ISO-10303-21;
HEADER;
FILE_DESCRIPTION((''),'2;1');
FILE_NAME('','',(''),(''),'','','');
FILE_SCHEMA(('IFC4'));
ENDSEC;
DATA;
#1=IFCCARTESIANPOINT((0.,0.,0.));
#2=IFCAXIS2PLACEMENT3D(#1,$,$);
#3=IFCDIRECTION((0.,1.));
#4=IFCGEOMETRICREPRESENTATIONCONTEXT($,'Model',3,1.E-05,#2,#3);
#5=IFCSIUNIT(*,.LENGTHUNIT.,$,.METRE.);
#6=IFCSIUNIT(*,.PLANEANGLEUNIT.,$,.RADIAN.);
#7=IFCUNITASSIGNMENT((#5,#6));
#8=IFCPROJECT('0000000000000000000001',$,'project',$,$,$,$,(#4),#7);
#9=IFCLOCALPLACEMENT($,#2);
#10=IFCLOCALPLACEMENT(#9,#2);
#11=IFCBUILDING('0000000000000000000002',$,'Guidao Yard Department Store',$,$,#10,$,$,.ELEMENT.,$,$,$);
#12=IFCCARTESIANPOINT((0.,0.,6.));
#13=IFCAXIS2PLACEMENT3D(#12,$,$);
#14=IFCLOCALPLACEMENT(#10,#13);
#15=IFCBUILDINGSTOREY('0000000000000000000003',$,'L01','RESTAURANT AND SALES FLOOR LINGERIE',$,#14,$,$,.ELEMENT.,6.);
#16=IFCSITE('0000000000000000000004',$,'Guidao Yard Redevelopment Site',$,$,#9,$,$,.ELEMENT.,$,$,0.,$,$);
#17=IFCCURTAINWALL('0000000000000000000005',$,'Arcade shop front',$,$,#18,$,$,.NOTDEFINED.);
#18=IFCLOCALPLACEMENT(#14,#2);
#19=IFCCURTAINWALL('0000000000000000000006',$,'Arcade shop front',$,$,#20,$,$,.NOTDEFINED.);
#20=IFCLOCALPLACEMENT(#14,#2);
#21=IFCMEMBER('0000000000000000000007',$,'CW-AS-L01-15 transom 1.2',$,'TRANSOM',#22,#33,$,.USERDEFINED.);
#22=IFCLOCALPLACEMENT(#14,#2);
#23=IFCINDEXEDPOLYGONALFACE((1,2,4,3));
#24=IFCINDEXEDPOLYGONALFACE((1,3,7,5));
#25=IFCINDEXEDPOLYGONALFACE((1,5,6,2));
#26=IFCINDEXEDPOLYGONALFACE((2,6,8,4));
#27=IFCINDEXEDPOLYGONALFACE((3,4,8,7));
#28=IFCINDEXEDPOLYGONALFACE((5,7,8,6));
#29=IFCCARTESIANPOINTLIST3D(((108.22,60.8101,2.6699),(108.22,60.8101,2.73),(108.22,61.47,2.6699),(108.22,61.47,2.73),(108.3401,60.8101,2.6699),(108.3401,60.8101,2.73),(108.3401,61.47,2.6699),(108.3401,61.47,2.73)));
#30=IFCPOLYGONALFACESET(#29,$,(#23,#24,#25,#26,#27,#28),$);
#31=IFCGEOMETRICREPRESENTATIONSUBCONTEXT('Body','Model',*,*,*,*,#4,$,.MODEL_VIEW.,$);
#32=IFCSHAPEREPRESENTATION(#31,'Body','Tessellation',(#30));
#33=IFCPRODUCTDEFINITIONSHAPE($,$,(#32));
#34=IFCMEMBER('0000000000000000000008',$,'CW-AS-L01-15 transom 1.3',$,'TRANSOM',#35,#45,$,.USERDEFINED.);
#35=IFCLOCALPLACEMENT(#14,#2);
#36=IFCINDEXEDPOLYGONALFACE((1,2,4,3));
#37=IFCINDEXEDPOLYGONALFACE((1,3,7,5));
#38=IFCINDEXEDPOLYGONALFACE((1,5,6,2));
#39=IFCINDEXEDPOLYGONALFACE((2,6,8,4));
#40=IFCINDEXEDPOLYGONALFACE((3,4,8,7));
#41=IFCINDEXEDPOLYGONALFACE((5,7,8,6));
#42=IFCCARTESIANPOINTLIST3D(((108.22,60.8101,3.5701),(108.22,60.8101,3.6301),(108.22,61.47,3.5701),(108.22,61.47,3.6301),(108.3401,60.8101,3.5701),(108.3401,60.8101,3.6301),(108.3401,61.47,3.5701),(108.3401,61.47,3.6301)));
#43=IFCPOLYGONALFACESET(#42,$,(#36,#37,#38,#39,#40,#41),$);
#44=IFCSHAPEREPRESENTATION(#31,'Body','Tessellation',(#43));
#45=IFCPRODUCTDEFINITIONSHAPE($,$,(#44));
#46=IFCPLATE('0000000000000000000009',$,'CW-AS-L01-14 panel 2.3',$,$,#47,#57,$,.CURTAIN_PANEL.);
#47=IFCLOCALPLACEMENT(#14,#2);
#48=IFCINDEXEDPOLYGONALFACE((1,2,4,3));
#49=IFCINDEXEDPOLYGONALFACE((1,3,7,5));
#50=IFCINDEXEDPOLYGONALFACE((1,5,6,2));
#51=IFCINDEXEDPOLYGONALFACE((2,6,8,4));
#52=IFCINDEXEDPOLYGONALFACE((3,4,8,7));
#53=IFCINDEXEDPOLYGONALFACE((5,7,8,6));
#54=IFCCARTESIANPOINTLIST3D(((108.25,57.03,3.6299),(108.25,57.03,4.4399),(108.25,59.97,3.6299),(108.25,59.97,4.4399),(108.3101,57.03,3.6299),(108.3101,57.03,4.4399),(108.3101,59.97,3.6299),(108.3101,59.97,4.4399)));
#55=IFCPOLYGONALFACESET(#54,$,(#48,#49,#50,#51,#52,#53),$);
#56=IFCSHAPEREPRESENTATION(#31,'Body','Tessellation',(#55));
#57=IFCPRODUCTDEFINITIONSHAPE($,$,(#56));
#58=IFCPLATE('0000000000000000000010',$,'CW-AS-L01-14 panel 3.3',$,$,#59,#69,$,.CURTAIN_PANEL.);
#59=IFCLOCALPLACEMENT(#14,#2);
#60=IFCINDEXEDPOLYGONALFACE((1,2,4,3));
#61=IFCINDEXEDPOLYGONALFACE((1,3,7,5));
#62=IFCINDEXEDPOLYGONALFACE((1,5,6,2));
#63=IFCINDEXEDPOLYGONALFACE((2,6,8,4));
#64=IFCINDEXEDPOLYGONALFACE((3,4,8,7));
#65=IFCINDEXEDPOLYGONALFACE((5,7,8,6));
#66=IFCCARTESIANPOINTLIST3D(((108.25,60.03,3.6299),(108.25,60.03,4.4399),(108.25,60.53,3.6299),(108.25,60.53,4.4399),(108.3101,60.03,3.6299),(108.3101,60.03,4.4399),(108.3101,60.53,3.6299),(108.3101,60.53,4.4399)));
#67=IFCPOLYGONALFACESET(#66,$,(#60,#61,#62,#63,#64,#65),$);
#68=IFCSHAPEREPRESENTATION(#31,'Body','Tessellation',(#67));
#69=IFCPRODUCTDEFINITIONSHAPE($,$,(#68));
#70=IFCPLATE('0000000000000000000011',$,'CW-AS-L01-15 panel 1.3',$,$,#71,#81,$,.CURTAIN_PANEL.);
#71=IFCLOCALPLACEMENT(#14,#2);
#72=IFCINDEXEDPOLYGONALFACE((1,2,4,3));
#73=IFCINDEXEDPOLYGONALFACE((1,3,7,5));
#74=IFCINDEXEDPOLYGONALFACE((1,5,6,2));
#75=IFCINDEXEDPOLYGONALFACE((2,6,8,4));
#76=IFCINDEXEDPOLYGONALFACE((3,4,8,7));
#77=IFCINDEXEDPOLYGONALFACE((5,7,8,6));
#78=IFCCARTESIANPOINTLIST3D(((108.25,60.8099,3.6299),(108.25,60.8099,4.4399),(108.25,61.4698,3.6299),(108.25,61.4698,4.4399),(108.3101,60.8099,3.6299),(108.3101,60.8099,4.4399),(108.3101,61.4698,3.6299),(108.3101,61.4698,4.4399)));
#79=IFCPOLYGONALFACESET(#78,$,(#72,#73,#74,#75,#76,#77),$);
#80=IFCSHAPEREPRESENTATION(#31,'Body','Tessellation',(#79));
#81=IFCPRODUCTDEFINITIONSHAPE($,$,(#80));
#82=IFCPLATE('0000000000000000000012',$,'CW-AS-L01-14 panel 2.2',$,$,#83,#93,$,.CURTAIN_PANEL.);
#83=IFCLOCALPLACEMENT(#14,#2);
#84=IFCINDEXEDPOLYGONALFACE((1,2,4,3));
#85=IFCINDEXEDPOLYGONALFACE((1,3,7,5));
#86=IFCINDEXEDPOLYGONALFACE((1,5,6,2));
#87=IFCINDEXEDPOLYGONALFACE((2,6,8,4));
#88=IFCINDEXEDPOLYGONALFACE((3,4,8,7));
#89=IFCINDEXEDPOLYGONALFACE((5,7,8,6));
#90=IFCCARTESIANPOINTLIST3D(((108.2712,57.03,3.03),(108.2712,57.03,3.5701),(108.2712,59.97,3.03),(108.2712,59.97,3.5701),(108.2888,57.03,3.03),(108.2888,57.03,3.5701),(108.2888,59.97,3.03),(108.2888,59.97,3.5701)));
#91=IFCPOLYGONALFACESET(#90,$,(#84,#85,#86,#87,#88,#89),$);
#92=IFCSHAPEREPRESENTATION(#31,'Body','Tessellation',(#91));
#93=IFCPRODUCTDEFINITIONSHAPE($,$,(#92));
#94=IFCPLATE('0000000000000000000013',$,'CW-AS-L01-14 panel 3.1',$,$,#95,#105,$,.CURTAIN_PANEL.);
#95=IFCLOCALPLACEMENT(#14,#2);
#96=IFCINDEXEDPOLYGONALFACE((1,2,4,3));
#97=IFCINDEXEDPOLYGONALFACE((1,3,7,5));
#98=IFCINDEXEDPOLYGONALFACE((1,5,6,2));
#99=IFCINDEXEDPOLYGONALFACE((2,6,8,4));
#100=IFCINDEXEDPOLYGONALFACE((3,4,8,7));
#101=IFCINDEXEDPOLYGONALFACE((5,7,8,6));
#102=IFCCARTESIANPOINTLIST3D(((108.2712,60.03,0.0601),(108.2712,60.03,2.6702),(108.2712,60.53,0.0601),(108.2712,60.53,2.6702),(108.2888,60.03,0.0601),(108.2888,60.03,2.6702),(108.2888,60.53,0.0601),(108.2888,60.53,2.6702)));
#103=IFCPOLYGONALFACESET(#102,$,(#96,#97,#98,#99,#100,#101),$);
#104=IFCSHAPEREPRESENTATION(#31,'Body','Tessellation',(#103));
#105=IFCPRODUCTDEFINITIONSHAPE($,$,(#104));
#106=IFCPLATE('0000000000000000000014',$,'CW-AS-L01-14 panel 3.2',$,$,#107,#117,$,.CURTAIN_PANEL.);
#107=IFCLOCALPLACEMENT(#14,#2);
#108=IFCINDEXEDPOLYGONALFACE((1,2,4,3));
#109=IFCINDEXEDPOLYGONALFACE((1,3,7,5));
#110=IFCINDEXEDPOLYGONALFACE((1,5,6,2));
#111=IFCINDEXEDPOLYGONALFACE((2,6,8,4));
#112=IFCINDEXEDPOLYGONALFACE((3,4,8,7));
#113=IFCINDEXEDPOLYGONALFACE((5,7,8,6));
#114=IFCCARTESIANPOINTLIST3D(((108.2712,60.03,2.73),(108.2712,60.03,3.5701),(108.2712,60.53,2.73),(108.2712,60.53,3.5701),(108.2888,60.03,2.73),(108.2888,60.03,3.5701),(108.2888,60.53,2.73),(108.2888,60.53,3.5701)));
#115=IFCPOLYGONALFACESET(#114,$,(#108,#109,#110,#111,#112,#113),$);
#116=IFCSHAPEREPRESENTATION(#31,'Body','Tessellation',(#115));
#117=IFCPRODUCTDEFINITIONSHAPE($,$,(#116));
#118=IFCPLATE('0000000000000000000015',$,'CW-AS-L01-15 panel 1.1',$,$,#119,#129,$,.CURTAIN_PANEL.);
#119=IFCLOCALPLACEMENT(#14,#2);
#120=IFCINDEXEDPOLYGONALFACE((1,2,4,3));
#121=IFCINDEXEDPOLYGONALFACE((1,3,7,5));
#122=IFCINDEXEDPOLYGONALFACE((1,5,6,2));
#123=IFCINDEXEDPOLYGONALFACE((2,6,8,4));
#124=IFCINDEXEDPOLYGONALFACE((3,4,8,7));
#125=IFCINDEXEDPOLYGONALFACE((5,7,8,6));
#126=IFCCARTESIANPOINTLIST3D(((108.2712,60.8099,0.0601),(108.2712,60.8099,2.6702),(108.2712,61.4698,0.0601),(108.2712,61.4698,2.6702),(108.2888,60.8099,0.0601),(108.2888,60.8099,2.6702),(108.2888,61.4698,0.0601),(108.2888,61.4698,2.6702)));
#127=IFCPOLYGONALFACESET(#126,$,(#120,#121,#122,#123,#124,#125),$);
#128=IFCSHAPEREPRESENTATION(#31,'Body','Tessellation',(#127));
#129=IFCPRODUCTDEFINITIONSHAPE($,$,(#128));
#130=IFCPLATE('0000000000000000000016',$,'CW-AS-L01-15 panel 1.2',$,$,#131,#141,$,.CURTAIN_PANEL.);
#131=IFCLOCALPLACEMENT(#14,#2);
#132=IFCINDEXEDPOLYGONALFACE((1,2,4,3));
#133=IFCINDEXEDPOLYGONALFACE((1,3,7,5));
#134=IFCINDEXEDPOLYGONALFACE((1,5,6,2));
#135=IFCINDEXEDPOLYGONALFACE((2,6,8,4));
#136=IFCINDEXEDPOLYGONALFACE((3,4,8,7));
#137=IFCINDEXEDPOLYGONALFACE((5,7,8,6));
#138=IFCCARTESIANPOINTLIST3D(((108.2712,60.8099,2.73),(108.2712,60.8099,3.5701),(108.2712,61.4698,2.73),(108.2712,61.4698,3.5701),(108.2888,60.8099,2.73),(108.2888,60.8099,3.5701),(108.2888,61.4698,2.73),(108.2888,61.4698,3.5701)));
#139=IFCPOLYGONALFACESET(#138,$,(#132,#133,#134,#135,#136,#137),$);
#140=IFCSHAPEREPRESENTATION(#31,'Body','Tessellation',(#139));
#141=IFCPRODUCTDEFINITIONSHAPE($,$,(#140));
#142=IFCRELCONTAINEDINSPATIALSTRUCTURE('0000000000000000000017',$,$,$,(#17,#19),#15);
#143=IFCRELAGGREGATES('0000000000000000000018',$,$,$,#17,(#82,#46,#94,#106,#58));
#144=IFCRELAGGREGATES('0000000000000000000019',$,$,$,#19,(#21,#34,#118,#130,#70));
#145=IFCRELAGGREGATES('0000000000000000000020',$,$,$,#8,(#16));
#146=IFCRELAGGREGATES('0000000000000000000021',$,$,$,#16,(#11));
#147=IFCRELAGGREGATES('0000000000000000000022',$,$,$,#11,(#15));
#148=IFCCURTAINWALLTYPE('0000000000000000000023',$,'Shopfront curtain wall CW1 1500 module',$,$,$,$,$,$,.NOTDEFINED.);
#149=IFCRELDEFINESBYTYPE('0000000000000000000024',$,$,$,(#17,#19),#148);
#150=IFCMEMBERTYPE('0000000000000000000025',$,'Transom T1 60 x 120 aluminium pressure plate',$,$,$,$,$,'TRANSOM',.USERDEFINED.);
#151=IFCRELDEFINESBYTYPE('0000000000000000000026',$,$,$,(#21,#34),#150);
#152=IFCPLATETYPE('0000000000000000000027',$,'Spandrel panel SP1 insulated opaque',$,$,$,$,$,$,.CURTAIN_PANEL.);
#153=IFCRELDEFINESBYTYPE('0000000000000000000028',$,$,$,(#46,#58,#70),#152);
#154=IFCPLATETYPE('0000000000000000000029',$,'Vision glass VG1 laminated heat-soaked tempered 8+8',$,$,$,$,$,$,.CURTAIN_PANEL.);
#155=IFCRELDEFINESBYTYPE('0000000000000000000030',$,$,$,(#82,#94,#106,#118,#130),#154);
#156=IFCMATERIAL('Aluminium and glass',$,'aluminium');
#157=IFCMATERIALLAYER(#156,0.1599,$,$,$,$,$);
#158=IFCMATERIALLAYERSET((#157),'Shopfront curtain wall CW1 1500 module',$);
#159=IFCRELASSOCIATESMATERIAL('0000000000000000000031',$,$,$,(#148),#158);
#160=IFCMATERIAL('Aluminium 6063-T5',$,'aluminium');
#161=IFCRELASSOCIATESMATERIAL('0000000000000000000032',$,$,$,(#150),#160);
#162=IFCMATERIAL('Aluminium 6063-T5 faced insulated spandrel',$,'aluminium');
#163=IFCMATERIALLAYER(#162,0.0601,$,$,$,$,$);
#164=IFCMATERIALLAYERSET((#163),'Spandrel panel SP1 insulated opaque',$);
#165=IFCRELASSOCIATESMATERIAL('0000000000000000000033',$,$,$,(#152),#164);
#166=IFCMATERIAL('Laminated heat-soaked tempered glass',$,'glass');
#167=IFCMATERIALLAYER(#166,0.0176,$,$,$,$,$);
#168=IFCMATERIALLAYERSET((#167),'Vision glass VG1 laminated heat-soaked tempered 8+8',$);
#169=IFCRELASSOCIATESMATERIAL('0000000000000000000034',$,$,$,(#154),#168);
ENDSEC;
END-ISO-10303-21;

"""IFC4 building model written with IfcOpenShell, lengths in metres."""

from ifc_helpers import new_model, si_unit, direction, frame, origin, origin_2d, place, context, subcontext, project, spatial, rectangle, extrude, material, layer, layer_set, material_profile, profile_set, type_object, element, aggregate, save


model = new_model("IFC4")

# Units and contexts
model_context = context("Model", 3, precision=1e-05, world=origin(), true_north=direction((0.0, 1.0)))
body_context = subcontext(model_context, "Body", "Model", "MODEL_VIEW")
ifc_project = project(units=[si_unit("LENGTHUNIT", "METRE"), si_unit("PLANEANGLEUNIT", "RADIAN")], contexts=[model_context])

# Site, building, storey
site_placement = place(None, origin())
site = spatial("IfcSite", under=ifc_project, at=site_placement, Name="Guidao Yard Redevelopment Site", CompositionType="ELEMENT", RefElevation=0.0)
building_placement = place(site_placement, origin())
building = spatial("IfcBuilding", under=site, at=building_placement, Name="Guidao Yard Department Store", CompositionType="ELEMENT")
storey_placement = place(building_placement, frame((0.0, 0.0, 6.0)))
storey = spatial("IfcBuildingStorey", under=building, at=storey_placement, Name="L01", Description="RESTAURANT AND SALES FLOOR LINGERIE", CompositionType="ELEMENT", Elevation=6.0)

# Curtain wall
ifc_material_1 = material(Name="Aluminium and glass", Category="aluminium")
ifc_layer_1 = layer(ifc_material_1, 0.1599)
ifc_layer_set_1 = layer_set([ifc_layer_1], Name="Shopfront curtain wall CW1 1500 module")
curtain_wall_type = type_object("IfcCurtainWallType", Name="Shopfront curtain wall CW1 1500 module", PredefinedType="NOTDEFINED", material=ifc_layer_set_1)
curtain_wall_1_placement = place(storey_placement, origin())
curtain_wall_1 = element("IfcCurtainWall", 1, at=curtain_wall_1_placement, inside=storey, type_object=curtain_wall_type, Name="Arcade shop front", PredefinedType="NOTDEFINED")

# Curtain wall
curtain_wall_2_placement = place(storey_placement, origin())
curtain_wall_2 = element("IfcCurtainWall", 2, at=curtain_wall_2_placement, inside=storey, type_object=curtain_wall_type, Name="Arcade shop front", PredefinedType="NOTDEFINED")

# Members
ifc_material_2 = material(Name="Aluminium 6063-T5", Category="aluminium")
ifc_material_profile_1 = material_profile(ifc_material_2, rectangle(XDim=0.1201, YDim=0.0601, at=origin_2d()), Name="Transom T1 60 x 120 aluminium pressure plate")
ifc_profile_set_1 = profile_set([ifc_material_profile_1], Name="Aluminium 6063-T5")
member_type_1 = type_object("IfcMemberType", Name="Transom T1 60 x 120 aluminium pressure plate", ElementType="TRANSOM", PredefinedType="USERDEFINED", material=ifc_profile_set_1)
member_1_placement = place(storey_placement, frame((108.28, 61.47, 2.7), z_axis=(0.0, -1.0, 0.0), x_axis=(1.0, 0.0, 0.0)))
member_1 = element("IfcMember", 3, at=member_1_placement, type_object=member_type_1, Name="CW-AS-L01-15 transom 1.2", ObjectType="TRANSOM", PredefinedType="USERDEFINED", context=body_context, shape_type="SweptSolid", body=[
    extrude(rectangle(XDim=0.1201, YDim=0.0601, at=origin_2d()), origin(), (0.0, 0.0, 1.0), 0.6599),
])
member_2_placement = place(storey_placement, frame((108.28, 61.47, 3.6001), z_axis=(0.0, -1.0, 0.0), x_axis=(1.0, 0.0, 0.0)))
member_2 = element("IfcMember", 4, at=member_2_placement, type_object=member_type_1, Name="CW-AS-L01-15 transom 1.3", ObjectType="TRANSOM", PredefinedType="USERDEFINED", context=body_context, shape_type="SweptSolid", body=[
    extrude(rectangle(XDim=0.1201, YDim=0.0601, at=origin_2d()), origin(), (0.0, 0.0, 1.0), 0.6599),
])

# Plates
ifc_material_3 = material(Name="Aluminium 6063-T5 faced insulated spandrel", Category="aluminium")
ifc_layer_2 = layer(ifc_material_3, 0.0601)
ifc_layer_set_2 = layer_set([ifc_layer_2], Name="Spandrel panel SP1 insulated opaque")
plate_type_1 = type_object("IfcPlateType", Name="Spandrel panel SP1 insulated opaque", PredefinedType="CURTAIN_PANEL", material=ifc_layer_set_2)
plate_1_placement = place(storey_placement, frame((108.28, 58.5, 3.6299), z_axis=(0.0, 0.0, 1.0), x_axis=(0.0, -1.0, 0.0)))
plate_1 = element("IfcPlate", 5, at=plate_1_placement, type_object=plate_type_1, Name="CW-AS-L01-14 panel 2.3", PredefinedType="CURTAIN_PANEL", context=body_context, shape_type="SweptSolid", body=[
    extrude(rectangle(XDim=2.9399, YDim=0.0601, at=origin_2d()), origin(), (0.0, 0.0, 1.0), 0.8101),
])
plate_2_placement = place(storey_placement, frame((108.28, 60.28, 3.6299), z_axis=(0.0, 0.0, 1.0), x_axis=(0.0, -1.0, 0.0)))
plate_2 = element("IfcPlate", 6, at=plate_2_placement, type_object=plate_type_1, Name="CW-AS-L01-14 panel 3.3", PredefinedType="CURTAIN_PANEL", context=body_context, shape_type="SweptSolid", body=[
    extrude(rectangle(XDim=0.5, YDim=0.0601, at=origin_2d()), origin(), (0.0, 0.0, 1.0), 0.8101),
])
plate_3_placement = place(storey_placement, frame((108.28, 61.1399, 3.6299), z_axis=(0.0, 0.0, 1.0), x_axis=(0.0, -1.0, 0.0)))
plate_3 = element("IfcPlate", 7, at=plate_3_placement, type_object=plate_type_1, Name="CW-AS-L01-15 panel 1.3", PredefinedType="CURTAIN_PANEL", context=body_context, shape_type="SweptSolid", body=[
    extrude(rectangle(XDim=0.6599, YDim=0.0601, at=origin_2d()), origin(), (0.0, 0.0, 1.0), 0.8101),
])
ifc_material_4 = material(Name="Laminated heat-soaked tempered glass", Category="glass")
ifc_layer_3 = layer(ifc_material_4, 0.0176)
ifc_layer_set_3 = layer_set([ifc_layer_3], Name="Vision glass VG1 laminated heat-soaked tempered 8+8")
plate_type_2 = type_object("IfcPlateType", Name="Vision glass VG1 laminated heat-soaked tempered 8+8", PredefinedType="CURTAIN_PANEL", material=ifc_layer_set_3)
plate_4_placement = place(storey_placement, frame((108.28, 58.5, 3.03), z_axis=(0.0, 0.0, 1.0), x_axis=(0.0, -1.0, 0.0)))
plate_4 = element("IfcPlate", 8, at=plate_4_placement, type_object=plate_type_2, Name="CW-AS-L01-14 panel 2.2", PredefinedType="CURTAIN_PANEL", context=body_context, shape_type="SweptSolid", body=[
    extrude(rectangle(XDim=2.9399, YDim=0.0176, at=origin_2d()), origin(), (0.0, 0.0, 1.0), 0.54),
])
plate_5_placement = place(storey_placement, frame((108.28, 60.28, 0.0601), z_axis=(0.0, 0.0, 1.0), x_axis=(0.0, -1.0, 0.0)))
plate_5 = element("IfcPlate", 9, at=plate_5_placement, type_object=plate_type_2, Name="CW-AS-L01-14 panel 3.1", PredefinedType="CURTAIN_PANEL", context=body_context, shape_type="SweptSolid", body=[
    extrude(rectangle(XDim=0.5, YDim=0.0176, at=origin_2d()), origin(), (0.0, 0.0, 1.0), 2.6101),
])
plate_6_placement = place(storey_placement, frame((108.28, 60.28, 2.73), z_axis=(0.0, 0.0, 1.0), x_axis=(0.0, -1.0, 0.0)))
plate_6 = element("IfcPlate", 10, at=plate_6_placement, type_object=plate_type_2, Name="CW-AS-L01-14 panel 3.2", PredefinedType="CURTAIN_PANEL", context=body_context, shape_type="SweptSolid", body=[
    extrude(rectangle(XDim=0.5, YDim=0.0176, at=origin_2d()), origin(), (0.0, 0.0, 1.0), 0.8401),
])
aggregate(curtain_wall_1, [plate_4, plate_1, plate_5, plate_6, plate_2])
plate_7_placement = place(storey_placement, frame((108.28, 61.1399, 0.0601), z_axis=(0.0, 0.0, 1.0), x_axis=(0.0, -1.0, 0.0)))
plate_7 = element("IfcPlate", 11, at=plate_7_placement, type_object=plate_type_2, Name="CW-AS-L01-15 panel 1.1", PredefinedType="CURTAIN_PANEL", context=body_context, shape_type="SweptSolid", body=[
    extrude(rectangle(XDim=0.6599, YDim=0.0176, at=origin_2d()), origin(), (0.0, 0.0, 1.0), 2.6101),
])
plate_8_placement = place(storey_placement, frame((108.28, 61.1399, 2.73), z_axis=(0.0, 0.0, 1.0), x_axis=(0.0, -1.0, 0.0)))
plate_8 = element("IfcPlate", 12, at=plate_8_placement, type_object=plate_type_2, Name="CW-AS-L01-15 panel 1.2", PredefinedType="CURTAIN_PANEL", context=body_context, shape_type="SweptSolid", body=[
    extrude(rectangle(XDim=0.6599, YDim=0.0176, at=origin_2d()), origin(), (0.0, 0.0, 1.0), 0.8401),
])
aggregate(curtain_wall_2, [member_1, member_2, plate_7, plate_8, plate_3])

save(model, "model.ifc")
